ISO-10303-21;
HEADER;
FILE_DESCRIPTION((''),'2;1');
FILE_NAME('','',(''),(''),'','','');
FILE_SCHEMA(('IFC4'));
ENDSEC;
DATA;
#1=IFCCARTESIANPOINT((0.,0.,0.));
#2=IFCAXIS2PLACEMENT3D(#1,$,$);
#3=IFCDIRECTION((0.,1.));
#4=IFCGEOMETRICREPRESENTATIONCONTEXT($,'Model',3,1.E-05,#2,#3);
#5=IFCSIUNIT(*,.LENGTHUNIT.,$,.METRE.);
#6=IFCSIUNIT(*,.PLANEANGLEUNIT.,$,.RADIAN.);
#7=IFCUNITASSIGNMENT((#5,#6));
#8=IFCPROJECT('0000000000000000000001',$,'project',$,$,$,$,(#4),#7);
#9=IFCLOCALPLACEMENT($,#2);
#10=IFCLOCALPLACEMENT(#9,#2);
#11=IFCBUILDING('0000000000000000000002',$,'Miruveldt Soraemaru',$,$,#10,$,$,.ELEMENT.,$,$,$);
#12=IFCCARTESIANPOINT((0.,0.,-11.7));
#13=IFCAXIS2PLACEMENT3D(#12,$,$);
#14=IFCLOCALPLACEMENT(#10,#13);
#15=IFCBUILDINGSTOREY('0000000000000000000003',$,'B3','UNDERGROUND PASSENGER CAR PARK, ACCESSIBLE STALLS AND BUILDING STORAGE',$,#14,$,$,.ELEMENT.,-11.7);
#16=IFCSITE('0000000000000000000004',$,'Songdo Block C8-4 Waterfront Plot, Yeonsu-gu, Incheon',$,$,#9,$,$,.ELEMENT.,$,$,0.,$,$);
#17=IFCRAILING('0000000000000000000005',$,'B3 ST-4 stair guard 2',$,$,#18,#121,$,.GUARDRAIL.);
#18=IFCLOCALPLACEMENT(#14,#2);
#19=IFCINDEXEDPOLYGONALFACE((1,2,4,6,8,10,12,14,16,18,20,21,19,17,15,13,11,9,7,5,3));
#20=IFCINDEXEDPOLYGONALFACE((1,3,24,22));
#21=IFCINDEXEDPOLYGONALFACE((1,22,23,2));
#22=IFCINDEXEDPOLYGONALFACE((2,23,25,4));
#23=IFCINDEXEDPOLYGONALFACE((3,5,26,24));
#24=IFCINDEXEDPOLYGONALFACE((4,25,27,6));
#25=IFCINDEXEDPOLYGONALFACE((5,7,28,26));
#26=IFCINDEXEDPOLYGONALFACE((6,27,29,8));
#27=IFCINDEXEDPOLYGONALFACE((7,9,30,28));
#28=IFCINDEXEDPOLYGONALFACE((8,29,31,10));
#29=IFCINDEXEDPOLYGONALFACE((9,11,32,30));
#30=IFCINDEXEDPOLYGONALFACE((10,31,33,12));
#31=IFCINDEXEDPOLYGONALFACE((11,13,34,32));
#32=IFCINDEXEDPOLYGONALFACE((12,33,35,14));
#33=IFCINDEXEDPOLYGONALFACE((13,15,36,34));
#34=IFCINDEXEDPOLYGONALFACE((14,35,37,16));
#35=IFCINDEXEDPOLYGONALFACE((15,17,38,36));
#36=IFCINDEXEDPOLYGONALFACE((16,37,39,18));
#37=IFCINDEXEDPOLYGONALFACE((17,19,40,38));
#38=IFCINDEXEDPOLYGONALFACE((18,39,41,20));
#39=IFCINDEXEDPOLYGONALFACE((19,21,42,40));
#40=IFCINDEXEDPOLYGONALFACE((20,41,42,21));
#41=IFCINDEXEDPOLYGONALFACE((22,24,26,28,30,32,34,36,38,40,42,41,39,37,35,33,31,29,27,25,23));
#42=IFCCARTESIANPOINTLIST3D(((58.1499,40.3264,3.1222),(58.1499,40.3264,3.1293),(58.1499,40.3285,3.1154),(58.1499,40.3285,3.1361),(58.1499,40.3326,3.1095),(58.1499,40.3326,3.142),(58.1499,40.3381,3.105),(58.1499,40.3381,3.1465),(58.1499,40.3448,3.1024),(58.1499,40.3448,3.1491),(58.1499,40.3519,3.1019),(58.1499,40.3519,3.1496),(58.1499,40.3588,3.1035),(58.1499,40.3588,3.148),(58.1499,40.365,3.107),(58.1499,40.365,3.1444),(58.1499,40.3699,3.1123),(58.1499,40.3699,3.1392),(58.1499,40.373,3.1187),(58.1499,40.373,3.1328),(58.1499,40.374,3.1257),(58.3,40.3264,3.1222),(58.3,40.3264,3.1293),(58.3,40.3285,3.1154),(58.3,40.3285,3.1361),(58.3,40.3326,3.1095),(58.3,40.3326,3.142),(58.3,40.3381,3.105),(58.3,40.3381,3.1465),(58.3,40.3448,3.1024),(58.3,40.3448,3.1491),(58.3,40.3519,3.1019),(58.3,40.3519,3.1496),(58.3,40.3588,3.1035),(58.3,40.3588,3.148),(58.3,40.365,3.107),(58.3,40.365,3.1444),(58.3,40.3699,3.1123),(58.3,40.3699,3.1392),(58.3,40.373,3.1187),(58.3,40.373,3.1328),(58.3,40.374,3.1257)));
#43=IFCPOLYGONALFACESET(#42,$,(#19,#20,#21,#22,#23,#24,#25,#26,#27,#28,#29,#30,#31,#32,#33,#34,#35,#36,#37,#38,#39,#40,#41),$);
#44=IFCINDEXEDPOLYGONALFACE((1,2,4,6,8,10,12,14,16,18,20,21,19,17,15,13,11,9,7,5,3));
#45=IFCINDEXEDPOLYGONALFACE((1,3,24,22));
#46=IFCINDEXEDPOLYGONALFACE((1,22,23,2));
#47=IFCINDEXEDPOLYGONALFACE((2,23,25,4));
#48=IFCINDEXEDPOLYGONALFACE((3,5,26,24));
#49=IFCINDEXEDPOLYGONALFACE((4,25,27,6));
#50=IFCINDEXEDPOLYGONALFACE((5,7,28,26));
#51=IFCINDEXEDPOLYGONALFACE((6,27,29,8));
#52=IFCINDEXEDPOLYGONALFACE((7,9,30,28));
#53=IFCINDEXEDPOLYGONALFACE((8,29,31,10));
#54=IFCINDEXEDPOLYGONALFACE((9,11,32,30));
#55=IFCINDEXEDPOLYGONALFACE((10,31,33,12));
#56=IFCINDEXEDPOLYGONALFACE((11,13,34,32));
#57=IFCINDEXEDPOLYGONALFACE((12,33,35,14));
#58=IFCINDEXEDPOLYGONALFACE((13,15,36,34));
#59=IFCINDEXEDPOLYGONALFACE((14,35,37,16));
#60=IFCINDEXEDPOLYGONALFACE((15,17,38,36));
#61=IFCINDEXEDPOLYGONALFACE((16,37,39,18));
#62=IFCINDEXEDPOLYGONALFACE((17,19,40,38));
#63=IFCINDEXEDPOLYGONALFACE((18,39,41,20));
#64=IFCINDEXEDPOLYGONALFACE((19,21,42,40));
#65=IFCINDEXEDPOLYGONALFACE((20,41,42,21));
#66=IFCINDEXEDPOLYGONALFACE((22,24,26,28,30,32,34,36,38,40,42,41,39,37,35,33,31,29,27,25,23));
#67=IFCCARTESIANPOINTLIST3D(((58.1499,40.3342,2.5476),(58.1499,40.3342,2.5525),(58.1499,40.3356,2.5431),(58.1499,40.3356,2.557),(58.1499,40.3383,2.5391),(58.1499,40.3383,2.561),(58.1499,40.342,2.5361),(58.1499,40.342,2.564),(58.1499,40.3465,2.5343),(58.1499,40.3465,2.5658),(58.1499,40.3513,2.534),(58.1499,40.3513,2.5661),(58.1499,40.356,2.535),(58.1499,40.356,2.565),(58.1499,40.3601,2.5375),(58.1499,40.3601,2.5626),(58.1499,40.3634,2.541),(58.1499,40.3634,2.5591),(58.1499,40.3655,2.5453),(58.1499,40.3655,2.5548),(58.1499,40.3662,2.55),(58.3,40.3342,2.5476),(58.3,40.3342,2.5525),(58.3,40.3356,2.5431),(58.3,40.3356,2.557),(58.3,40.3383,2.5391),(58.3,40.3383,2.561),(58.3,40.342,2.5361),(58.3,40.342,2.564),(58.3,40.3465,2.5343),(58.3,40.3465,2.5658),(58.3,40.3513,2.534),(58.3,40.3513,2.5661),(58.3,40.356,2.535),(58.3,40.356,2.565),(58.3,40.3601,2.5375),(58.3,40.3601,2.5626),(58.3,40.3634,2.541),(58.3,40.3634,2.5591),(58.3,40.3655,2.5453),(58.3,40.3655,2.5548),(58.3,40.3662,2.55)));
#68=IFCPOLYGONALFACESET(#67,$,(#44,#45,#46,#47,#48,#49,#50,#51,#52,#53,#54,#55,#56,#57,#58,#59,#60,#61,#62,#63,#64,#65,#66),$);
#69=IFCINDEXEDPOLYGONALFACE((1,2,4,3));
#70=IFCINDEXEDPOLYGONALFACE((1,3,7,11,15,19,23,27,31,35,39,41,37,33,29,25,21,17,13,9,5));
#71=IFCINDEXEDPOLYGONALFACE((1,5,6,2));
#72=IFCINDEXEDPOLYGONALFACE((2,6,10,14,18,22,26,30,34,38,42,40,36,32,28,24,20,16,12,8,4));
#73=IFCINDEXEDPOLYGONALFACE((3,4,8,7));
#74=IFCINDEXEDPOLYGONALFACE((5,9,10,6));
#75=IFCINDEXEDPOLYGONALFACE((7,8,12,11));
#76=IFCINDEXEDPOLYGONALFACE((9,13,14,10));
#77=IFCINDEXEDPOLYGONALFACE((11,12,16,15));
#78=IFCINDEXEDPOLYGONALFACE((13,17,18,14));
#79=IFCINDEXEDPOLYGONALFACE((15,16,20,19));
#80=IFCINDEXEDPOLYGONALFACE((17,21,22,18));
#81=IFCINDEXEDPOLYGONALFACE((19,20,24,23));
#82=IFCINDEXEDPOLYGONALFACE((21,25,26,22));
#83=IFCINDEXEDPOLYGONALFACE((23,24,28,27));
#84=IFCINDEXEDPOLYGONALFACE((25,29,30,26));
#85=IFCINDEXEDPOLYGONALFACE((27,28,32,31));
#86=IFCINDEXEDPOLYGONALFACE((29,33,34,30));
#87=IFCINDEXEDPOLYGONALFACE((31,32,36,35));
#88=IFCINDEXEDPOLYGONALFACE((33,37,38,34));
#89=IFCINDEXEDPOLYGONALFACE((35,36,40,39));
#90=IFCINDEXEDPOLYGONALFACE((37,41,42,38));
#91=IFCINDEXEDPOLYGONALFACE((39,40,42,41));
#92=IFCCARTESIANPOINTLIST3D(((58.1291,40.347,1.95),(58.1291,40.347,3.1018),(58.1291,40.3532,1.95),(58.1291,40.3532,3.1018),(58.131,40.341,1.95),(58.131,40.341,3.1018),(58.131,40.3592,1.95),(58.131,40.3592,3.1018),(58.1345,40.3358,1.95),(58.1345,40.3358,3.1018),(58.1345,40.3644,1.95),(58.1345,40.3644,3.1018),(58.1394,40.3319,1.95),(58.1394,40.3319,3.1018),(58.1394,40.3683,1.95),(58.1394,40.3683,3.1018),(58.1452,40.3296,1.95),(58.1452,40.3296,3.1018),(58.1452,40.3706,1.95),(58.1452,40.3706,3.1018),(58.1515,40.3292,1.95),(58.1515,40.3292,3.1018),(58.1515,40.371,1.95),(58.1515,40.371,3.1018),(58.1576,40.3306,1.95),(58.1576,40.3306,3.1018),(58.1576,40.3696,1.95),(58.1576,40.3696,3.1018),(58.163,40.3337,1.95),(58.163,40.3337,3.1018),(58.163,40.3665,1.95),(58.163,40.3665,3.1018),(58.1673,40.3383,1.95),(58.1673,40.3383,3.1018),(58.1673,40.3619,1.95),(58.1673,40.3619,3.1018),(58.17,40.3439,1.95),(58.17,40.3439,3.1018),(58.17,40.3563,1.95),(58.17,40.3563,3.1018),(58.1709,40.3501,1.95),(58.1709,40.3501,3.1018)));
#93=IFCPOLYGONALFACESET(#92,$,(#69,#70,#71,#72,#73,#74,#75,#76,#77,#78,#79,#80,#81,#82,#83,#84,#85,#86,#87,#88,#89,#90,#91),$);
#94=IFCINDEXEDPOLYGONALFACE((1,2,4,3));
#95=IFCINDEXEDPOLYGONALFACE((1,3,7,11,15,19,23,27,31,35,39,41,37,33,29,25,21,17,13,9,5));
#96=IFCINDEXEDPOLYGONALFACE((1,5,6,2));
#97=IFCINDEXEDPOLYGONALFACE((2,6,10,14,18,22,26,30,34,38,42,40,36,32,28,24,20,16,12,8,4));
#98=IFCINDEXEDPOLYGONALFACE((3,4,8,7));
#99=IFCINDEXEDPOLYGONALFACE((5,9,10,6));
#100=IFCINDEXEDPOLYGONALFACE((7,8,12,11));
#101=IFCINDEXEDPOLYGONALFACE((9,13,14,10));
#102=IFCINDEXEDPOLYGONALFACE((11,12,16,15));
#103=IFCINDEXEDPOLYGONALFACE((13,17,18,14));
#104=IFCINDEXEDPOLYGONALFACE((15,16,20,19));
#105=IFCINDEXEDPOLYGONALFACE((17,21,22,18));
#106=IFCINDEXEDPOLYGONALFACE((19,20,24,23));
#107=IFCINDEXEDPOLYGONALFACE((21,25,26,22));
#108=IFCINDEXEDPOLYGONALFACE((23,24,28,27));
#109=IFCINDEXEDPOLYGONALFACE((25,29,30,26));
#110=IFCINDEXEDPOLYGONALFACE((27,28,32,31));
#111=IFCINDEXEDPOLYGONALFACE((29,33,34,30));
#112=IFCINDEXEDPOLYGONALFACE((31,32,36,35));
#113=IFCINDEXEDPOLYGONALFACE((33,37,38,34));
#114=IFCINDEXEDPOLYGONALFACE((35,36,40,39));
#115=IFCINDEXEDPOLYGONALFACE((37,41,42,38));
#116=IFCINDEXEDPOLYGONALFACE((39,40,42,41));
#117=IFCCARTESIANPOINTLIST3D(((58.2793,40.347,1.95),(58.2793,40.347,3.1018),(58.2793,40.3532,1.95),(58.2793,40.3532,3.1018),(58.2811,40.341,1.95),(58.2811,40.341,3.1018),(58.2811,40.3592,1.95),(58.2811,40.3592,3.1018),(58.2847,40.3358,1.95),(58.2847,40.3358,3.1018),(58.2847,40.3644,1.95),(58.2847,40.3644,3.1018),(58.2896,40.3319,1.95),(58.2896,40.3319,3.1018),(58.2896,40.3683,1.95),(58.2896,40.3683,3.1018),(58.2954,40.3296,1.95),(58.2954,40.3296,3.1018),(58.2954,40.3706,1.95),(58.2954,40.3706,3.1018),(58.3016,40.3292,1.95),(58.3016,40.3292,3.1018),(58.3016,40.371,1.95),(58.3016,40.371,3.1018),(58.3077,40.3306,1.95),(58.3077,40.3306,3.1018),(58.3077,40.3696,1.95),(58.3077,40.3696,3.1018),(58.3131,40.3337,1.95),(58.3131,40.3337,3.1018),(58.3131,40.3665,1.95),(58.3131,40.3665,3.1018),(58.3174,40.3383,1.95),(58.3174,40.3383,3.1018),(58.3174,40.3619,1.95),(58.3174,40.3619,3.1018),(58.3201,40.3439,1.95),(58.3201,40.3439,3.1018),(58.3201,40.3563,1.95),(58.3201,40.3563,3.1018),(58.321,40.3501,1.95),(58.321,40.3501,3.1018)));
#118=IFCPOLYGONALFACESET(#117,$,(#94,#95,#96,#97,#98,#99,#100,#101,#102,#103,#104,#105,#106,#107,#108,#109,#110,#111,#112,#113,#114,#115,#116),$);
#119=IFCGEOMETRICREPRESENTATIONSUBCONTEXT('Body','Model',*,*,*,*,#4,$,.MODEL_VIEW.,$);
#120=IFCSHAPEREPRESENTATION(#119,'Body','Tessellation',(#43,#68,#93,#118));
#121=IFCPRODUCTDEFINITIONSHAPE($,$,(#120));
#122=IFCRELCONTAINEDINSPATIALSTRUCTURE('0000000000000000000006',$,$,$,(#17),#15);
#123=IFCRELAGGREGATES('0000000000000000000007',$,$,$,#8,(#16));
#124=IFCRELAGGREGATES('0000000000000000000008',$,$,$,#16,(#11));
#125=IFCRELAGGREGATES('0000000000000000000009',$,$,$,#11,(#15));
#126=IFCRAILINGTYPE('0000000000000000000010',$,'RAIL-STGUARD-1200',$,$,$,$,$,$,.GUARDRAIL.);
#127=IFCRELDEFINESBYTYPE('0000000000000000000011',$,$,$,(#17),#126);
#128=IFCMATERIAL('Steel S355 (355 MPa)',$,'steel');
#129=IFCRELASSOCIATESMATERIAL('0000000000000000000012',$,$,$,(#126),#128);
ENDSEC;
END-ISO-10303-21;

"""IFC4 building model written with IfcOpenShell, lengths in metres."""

from ifc_helpers import new_model, si_unit, direction, frame, origin, origin_2d, place, context, subcontext, project, spatial, circle, extrude, material, type_object, element, save


model = new_model("IFC4")

# Units and contexts
model_context = context("Model", 3, precision=1e-05, world=origin(), true_north=direction((0.0, 1.0)))
body_context = subcontext(model_context, "Body", "Model", "MODEL_VIEW")
ifc_project = project(units=[si_unit("LENGTHUNIT", "METRE"), si_unit("PLANEANGLEUNIT", "RADIAN")], contexts=[model_context])

# Site, building, storey
site_placement = place(None, origin())
site = spatial("IfcSite", under=ifc_project, at=site_placement, Name="Songdo Block C8-4 Waterfront Plot, Yeonsu-gu, Incheon", CompositionType="ELEMENT", RefElevation=0.0)
building_placement = place(site_placement, origin())
building = spatial("IfcBuilding", under=site, at=building_placement, Name="Miruveldt Soraemaru", CompositionType="ELEMENT")
storey_placement = place(building_placement, frame((0.0, 0.0, -11.7)))
storey = spatial("IfcBuildingStorey", under=building, at=storey_placement, Name="B3", Description="UNDERGROUND PASSENGER CAR PARK, ACCESSIBLE STALLS AND BUILDING STORAGE", CompositionType="ELEMENT", Elevation=-11.7)

# Shared definitions
ifc_material_1 = material(Name="Steel S355 (355 MPa)", Category="steel")

# Railing
railing_type_1 = type_object("IfcRailingType", Name="RAIL-STGUARD-1200", PredefinedType="GUARDRAIL", material=ifc_material_1)
railing_1_placement = place(storey_placement, frame((58.1499, 40.3501, 1.95)))
element("IfcRailing", 1, at=railing_1_placement, inside=storey, type_object=railing_type_1, Name="B3 ST-4 stair guard 2", PredefinedType="GUARDRAIL", context=body_context, shape_type="SweptSolid", body=[
    extrude(circle(Radius=0.0239, at=origin_2d()), frame((0.0, 0.0, 1.1758), z_axis=(1.0, 0.0, 0.0), x_axis=(0.0, 1.0, 0.0)), (0.0, 0.0, 1.0), 0.1501),
    extrude(circle(Radius=0.0161, at=origin_2d()), frame((0.0, 0.0, 0.6001), z_axis=(1.0, 0.0, 0.0), x_axis=(0.0, 1.0, 0.0)), (0.0, 0.0, 1.0), 0.1501),
    extrude(circle(Radius=0.021, at=origin_2d()), origin(), (0.0, 0.0, 1.0), 1.1519),
    extrude(circle(Radius=0.021, at=origin_2d()), frame((0.1501, 0.0, 0.0)), (0.0, 0.0, 1.0), 1.1519),
])

save(model, "model.ifc")
